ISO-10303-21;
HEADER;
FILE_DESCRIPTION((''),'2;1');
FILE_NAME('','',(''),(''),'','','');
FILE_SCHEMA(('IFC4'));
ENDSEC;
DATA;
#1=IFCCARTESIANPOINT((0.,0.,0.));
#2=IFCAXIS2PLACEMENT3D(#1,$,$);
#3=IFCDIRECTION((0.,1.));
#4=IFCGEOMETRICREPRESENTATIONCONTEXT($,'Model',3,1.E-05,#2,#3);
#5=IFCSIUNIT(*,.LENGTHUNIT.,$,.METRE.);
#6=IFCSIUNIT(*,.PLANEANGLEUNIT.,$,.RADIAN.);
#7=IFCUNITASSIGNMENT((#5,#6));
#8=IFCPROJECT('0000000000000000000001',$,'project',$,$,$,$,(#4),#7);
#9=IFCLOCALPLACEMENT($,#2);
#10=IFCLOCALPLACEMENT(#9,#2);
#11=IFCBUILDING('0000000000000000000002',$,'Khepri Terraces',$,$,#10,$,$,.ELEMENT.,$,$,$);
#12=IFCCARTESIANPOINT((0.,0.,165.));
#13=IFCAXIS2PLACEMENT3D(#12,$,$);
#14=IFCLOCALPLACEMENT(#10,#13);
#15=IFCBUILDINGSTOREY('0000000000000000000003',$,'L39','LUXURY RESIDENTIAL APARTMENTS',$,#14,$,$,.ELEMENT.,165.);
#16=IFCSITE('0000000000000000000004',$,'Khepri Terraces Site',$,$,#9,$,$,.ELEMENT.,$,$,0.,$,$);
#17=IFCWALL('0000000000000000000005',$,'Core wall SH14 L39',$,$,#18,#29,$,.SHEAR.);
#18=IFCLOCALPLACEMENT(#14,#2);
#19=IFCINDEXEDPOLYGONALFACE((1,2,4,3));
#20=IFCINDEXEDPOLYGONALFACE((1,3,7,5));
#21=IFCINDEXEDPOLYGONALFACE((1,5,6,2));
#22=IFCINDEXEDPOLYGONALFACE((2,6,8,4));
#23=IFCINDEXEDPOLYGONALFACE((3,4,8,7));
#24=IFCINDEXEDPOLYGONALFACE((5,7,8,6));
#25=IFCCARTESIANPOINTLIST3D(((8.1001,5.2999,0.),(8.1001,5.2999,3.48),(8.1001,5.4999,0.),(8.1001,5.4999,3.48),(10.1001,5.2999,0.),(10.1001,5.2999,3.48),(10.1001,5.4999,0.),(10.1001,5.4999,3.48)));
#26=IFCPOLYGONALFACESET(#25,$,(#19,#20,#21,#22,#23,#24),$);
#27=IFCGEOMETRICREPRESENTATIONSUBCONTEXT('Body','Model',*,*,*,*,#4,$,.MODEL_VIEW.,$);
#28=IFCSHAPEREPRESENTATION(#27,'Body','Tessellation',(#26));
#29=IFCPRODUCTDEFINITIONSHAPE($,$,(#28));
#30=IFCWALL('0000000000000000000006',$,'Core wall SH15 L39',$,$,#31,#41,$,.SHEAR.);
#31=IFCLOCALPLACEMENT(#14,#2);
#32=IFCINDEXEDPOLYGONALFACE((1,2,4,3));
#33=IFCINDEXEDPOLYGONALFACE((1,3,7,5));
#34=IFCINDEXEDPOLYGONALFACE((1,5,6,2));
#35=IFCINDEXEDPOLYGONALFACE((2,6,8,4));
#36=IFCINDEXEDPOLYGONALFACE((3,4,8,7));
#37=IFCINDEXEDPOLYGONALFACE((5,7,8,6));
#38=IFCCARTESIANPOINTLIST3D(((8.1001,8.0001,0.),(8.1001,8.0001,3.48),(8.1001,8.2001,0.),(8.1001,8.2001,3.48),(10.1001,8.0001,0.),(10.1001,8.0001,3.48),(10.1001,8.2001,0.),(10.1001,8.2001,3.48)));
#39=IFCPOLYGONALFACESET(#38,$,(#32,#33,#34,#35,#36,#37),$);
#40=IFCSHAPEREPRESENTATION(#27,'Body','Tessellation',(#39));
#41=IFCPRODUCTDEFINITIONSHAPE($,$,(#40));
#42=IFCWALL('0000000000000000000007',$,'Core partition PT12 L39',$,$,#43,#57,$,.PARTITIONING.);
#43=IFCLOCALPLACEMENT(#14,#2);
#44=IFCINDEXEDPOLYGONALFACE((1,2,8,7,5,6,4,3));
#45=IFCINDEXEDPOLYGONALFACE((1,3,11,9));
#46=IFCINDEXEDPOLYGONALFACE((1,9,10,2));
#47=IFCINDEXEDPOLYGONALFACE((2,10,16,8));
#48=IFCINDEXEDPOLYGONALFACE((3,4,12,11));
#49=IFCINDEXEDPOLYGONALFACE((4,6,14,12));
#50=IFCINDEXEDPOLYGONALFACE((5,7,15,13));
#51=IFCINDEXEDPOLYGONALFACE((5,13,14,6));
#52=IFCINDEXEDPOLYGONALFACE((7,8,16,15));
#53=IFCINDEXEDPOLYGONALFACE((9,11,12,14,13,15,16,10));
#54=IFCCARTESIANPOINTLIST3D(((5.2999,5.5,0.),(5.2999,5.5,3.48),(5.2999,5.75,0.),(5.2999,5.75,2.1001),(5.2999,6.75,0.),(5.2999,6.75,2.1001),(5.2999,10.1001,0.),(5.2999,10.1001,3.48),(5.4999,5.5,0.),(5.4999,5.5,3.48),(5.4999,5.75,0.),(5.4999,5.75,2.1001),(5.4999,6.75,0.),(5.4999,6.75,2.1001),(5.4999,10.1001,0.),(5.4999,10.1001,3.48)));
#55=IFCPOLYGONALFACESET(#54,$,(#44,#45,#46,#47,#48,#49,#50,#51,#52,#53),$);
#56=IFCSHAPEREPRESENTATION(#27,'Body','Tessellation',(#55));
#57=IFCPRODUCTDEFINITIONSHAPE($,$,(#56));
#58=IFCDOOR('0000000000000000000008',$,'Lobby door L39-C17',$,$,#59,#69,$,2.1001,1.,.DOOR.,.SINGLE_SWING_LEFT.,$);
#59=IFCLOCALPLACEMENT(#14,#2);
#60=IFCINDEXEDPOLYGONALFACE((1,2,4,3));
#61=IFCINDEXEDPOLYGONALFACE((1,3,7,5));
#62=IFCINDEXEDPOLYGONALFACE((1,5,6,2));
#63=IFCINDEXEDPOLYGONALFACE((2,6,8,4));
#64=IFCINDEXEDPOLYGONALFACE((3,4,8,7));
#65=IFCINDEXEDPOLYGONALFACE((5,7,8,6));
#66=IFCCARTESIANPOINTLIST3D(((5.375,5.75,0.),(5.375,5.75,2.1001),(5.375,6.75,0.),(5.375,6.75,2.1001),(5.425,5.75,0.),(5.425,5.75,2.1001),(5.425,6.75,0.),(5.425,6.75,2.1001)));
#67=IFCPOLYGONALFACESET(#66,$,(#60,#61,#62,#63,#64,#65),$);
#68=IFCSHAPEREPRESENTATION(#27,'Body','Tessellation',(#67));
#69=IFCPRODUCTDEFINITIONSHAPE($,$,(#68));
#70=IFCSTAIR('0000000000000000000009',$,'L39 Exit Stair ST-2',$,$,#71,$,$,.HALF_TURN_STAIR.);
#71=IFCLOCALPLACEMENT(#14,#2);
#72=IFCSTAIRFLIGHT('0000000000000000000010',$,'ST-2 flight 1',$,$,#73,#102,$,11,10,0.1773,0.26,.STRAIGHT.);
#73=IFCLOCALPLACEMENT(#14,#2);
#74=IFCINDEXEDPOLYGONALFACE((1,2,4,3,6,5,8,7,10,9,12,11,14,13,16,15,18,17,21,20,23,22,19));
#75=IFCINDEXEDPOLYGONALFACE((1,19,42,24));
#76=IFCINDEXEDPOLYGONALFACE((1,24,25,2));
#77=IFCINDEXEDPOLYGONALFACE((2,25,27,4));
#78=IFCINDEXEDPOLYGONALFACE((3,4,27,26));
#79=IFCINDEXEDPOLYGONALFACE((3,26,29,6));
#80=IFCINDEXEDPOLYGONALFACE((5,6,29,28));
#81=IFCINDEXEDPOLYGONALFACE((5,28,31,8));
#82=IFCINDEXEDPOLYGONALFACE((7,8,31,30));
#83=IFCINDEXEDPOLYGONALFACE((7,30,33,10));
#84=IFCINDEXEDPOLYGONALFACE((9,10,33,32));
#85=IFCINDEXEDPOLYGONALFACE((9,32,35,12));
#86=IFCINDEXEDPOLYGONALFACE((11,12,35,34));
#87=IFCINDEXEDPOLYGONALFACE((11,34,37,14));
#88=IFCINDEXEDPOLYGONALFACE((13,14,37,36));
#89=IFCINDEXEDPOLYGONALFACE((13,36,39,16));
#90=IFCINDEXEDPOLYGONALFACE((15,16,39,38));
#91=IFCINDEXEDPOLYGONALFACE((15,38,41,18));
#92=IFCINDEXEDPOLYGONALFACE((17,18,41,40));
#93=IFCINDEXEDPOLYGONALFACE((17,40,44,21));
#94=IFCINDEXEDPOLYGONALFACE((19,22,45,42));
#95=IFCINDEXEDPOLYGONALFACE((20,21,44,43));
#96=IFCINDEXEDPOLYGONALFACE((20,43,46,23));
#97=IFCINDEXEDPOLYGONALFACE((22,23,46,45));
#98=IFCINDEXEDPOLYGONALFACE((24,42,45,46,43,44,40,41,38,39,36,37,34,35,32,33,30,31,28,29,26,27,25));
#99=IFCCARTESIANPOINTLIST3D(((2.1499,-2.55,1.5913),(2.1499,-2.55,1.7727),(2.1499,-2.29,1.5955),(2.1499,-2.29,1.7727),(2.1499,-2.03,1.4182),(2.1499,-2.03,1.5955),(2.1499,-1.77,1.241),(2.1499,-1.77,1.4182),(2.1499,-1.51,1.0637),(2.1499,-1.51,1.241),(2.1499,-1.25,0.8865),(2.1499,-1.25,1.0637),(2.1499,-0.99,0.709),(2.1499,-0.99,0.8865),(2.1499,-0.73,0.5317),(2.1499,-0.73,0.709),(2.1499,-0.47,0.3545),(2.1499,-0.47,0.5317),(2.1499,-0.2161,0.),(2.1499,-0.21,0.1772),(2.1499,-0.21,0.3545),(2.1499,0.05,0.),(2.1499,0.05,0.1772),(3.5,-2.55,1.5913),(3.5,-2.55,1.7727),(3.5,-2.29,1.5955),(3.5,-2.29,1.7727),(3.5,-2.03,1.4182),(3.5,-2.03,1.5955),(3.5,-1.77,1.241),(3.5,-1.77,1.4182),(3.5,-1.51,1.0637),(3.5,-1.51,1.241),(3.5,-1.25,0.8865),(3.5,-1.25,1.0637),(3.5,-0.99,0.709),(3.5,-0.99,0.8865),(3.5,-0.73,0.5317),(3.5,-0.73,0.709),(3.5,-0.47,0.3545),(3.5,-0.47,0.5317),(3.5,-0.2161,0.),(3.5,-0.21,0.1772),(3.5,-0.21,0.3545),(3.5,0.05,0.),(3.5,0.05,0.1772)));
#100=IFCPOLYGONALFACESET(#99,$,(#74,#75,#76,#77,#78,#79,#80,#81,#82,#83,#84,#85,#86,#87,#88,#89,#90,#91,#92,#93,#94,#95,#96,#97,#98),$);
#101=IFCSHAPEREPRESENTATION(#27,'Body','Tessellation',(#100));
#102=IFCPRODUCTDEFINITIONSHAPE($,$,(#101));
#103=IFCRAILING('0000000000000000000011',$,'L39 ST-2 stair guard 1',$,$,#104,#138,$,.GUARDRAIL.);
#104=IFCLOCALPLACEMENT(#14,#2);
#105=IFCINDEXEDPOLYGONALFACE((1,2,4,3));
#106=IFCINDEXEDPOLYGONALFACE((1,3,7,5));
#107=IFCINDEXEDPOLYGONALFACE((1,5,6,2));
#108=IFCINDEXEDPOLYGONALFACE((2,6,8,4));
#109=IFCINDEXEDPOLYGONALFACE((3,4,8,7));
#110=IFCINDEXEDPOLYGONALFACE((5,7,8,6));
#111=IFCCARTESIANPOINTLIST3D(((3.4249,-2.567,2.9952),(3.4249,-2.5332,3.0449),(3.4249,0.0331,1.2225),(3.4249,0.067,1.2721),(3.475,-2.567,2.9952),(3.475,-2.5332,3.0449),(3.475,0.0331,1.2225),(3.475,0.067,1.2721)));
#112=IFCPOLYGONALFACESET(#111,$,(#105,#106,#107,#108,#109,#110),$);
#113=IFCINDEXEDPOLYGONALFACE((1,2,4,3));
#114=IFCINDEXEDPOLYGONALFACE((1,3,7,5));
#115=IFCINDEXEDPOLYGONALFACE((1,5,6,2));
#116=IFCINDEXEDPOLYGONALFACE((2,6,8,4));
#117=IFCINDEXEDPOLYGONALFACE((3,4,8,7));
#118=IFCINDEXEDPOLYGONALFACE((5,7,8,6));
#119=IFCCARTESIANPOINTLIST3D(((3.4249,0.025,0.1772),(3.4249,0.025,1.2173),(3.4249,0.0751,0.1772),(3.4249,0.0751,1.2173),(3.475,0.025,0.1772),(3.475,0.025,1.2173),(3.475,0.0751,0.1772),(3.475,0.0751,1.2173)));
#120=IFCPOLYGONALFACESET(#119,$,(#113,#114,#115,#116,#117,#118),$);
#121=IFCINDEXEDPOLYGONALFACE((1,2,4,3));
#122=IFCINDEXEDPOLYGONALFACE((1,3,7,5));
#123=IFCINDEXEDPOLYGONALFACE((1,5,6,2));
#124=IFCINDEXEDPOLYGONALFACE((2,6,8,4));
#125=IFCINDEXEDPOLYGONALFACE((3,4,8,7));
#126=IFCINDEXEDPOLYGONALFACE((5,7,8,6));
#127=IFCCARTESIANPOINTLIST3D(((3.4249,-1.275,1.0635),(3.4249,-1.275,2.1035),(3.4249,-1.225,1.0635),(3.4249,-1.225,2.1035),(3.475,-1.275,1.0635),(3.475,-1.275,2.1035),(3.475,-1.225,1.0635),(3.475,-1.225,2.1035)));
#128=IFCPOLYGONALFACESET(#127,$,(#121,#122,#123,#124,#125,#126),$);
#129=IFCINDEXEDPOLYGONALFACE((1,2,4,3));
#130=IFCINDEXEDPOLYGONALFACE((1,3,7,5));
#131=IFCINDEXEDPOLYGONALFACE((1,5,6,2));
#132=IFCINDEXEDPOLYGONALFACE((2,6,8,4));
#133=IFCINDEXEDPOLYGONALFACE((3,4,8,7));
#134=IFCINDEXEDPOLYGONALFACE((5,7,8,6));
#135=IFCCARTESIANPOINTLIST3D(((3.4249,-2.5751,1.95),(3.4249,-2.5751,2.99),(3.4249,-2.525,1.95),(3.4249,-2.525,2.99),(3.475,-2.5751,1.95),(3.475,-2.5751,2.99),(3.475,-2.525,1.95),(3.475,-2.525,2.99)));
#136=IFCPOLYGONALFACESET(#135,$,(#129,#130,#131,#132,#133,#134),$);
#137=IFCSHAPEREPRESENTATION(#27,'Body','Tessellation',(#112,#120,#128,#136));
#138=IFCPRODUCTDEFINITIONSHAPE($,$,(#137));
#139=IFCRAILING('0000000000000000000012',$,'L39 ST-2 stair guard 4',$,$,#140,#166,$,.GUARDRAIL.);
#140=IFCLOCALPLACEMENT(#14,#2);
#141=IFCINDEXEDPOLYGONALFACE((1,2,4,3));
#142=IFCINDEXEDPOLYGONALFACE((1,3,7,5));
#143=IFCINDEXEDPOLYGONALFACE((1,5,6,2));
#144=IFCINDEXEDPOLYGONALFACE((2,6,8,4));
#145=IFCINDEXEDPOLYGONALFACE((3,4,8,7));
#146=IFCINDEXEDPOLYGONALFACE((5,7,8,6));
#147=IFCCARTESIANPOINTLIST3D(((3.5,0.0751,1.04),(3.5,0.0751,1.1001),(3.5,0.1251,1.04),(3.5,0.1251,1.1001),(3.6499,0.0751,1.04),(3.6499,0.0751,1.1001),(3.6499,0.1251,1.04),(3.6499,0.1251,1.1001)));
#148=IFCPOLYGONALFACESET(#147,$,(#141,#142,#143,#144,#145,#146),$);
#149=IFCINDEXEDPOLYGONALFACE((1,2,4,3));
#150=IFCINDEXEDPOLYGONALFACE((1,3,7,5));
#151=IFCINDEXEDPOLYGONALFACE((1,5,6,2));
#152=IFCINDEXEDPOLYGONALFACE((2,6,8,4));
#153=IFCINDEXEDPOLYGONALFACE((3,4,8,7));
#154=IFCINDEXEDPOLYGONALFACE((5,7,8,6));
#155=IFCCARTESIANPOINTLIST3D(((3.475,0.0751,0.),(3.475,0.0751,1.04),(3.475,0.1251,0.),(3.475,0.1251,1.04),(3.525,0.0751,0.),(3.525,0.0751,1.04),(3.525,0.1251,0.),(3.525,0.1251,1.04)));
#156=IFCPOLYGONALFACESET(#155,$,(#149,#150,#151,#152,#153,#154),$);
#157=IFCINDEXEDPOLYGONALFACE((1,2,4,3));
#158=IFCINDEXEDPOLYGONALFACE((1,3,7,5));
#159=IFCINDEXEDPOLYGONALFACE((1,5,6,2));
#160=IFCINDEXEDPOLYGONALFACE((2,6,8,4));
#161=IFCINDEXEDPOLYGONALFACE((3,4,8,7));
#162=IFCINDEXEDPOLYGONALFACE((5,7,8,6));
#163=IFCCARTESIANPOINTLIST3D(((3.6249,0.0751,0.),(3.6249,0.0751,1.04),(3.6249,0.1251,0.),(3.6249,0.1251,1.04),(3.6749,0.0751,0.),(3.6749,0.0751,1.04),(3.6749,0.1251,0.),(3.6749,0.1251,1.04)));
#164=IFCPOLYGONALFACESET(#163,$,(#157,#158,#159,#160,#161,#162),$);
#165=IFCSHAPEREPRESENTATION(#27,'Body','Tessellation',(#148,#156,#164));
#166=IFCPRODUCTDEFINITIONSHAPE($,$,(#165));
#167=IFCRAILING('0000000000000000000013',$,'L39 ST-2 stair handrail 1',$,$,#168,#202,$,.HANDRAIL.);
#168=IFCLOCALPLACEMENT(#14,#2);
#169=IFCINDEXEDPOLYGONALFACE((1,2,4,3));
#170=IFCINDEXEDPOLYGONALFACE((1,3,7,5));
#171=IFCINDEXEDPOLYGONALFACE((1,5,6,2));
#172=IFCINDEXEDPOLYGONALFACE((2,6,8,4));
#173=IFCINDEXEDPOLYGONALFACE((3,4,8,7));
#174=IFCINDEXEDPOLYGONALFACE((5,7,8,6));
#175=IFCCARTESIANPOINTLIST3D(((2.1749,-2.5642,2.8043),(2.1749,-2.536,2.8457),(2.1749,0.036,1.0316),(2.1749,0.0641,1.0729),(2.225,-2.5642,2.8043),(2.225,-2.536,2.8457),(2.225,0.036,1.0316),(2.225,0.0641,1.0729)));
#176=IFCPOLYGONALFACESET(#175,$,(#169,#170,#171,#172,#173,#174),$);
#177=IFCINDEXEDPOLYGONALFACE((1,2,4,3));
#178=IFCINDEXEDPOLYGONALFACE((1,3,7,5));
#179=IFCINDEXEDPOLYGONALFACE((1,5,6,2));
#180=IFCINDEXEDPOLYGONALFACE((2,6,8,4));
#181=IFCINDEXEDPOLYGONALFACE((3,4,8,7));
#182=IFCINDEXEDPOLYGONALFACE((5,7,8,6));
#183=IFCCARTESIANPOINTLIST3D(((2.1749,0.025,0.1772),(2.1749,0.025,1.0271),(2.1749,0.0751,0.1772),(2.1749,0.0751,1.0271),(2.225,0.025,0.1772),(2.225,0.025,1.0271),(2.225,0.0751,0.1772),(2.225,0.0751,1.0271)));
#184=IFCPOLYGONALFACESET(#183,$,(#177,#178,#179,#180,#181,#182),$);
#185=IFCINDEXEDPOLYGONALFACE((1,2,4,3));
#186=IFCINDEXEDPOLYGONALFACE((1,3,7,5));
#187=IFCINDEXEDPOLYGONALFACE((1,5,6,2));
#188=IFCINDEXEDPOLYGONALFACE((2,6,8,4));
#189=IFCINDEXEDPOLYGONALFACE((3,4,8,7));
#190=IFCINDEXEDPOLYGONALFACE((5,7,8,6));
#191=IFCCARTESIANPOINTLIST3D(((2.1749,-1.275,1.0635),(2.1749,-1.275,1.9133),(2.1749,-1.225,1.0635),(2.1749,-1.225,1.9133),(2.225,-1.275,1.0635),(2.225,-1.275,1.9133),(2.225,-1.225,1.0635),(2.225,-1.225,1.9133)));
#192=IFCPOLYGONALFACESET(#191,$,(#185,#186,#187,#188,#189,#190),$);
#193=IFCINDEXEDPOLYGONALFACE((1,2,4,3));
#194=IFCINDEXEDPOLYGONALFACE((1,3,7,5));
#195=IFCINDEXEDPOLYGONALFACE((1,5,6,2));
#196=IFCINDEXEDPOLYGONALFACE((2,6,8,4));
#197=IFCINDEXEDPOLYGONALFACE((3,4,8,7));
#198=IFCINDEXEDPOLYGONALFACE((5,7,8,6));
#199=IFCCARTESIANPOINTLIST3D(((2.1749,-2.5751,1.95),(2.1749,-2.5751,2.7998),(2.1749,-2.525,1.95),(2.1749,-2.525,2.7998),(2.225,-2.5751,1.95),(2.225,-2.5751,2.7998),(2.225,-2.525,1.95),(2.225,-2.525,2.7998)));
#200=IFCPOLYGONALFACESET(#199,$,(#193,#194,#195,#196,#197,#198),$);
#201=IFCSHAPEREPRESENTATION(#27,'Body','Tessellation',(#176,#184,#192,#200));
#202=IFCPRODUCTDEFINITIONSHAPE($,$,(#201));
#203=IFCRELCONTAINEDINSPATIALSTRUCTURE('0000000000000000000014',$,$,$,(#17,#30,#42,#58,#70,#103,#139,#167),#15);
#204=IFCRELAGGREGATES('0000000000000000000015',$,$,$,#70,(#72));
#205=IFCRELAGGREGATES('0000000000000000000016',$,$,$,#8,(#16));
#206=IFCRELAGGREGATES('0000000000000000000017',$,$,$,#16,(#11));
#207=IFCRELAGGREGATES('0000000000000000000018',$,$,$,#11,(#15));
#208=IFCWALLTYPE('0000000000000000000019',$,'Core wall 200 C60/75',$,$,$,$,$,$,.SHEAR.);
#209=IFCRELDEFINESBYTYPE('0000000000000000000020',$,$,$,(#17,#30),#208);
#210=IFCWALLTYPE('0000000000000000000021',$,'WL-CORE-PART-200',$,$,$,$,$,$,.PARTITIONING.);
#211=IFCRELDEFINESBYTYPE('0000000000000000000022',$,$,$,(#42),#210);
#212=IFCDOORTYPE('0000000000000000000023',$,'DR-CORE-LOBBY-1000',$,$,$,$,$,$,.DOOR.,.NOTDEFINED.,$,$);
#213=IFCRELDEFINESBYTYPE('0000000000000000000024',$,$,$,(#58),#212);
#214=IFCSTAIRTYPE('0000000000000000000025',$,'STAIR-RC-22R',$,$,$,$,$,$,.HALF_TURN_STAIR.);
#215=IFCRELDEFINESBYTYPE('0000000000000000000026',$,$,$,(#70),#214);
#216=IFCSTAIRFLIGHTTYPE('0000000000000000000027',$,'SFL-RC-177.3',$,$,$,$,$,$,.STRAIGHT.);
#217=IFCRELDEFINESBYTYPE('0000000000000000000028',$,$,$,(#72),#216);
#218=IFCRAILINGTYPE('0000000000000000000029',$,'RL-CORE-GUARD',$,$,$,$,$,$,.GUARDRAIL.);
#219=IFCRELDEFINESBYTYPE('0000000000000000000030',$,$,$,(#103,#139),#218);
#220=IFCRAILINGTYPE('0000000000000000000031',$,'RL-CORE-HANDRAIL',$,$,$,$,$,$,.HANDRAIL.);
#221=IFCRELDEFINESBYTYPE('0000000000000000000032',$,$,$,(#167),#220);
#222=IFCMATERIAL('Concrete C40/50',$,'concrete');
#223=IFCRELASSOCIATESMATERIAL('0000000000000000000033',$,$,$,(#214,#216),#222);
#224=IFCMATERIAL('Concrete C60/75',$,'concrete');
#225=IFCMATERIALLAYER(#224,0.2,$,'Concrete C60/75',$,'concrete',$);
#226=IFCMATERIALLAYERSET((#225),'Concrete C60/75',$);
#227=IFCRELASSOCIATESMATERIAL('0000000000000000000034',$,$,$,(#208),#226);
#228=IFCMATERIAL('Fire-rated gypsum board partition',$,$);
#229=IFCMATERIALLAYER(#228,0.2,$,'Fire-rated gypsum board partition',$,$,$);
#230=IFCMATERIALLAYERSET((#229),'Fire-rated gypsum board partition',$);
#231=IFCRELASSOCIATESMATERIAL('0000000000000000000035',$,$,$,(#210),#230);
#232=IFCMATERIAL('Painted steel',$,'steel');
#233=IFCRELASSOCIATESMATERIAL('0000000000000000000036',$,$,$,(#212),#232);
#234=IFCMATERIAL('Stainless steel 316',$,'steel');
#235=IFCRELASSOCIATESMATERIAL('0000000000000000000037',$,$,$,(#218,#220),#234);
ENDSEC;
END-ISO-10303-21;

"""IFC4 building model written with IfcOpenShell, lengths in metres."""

from ifc_helpers import new_model, si_unit, direction, frame, frame_2d, origin, origin_2d, place, context, subcontext, project, spatial, polyline, rectangle, outline, extrude, material, layer, layer_set, type_object, element, fill, aggregate, save


model = new_model("IFC4")

# Units and contexts
model_context = context("Model", 3, precision=1e-05, world=origin(), true_north=direction((0.0, 1.0)))
body_context = subcontext(model_context, "Body", "Model", "MODEL_VIEW")
ifc_project = project(units=[si_unit("LENGTHUNIT", "METRE"), si_unit("PLANEANGLEUNIT", "RADIAN")], contexts=[model_context])

# Site, building, storey
site_placement = place(None, origin())
site = spatial("IfcSite", under=ifc_project, at=site_placement, Name="Khepri Terraces Site", CompositionType="ELEMENT", RefElevation=0.0)
building_placement = place(site_placement, origin())
building = spatial("IfcBuilding", under=site, at=building_placement, Name="Khepri Terraces", CompositionType="ELEMENT")
storey_placement = place(building_placement, frame((0.0, 0.0, 165.0)))
storey = spatial("IfcBuildingStorey", under=building, at=storey_placement, Name="L39", Description="LUXURY RESIDENTIAL APARTMENTS", CompositionType="ELEMENT", Elevation=165.0)

# Shared definitions
ifc_material_1 = material(Name="Concrete C40/50", Category="concrete")
stair_type = type_object("IfcStairType", Name="STAIR-RC-22R", PredefinedType="HALF_TURN_STAIR", material=ifc_material_1)

# Shared definitions
ifc_material_2 = material(Name="Concrete C60/75", Category="concrete")
ifc_layer_1 = layer(ifc_material_2, 0.2, Name="Concrete C60/75", Category="concrete")
ifc_layer_set_1 = layer_set([ifc_layer_1], Name="Concrete C60/75")
wall_type_1 = type_object("IfcWallType", Name="Core wall 200 C60/75", PredefinedType="SHEAR", material=ifc_layer_set_1)

# Shared definitions
ifc_material_3 = material(Name="Painted steel", Category="steel")

# Walls
for number, where, z_axis, x_axis, name in (
    (1, (8.1001, 5.3999, 0.0), (0.0, 0.0, 1.0), (1.0, 0.0, 0.0), "Core wall SH14 L39"),
    (2, (8.1001, 8.1001, 0.0), (0.0, 0.0, 1.0), (1.0, 0.0, 0.0), "Core wall SH15 L39"),
):
    element("IfcWall", number, at=place(storey_placement, frame(where, z_axis=z_axis, x_axis=x_axis)), inside=storey, type_object=wall_type_1, Name=name, PredefinedType="SHEAR", context=body_context, shape_type="SweptSolid", body=[
        extrude(rectangle(XDim=2.0, YDim=0.2, at=frame_2d((1.0, 0.0))), origin(), (0.0, 0.0, 1.0), 3.48),
    ])

# Wall, opening, door
ifc_material_4 = material(Name="Fire-rated gypsum board partition")
ifc_layer_2 = layer(ifc_material_4, 0.2, Name="Fire-rated gypsum board partition")
ifc_layer_set_2 = layer_set([ifc_layer_2], Name="Fire-rated gypsum board partition")
wall_type_2 = type_object("IfcWallType", Name="WL-CORE-PART-200", PredefinedType="PARTITIONING", material=ifc_layer_set_2)
wall_1_placement = place(storey_placement, frame((5.3999, 5.5, 0.0), z_axis=(0.0, 0.0, 1.0), x_axis=(0.0, 1.0, 0.0)))
wall_1 = element("IfcWall", 3, at=wall_1_placement, inside=storey, type_object=wall_type_2, Name="Core partition PT12 L39", PredefinedType="PARTITIONING", context=body_context, shape_type="SweptSolid", body=[
    extrude(rectangle(XDim=4.6001, YDim=0.2, at=frame_2d((2.3, 0.0))), origin(), (0.0, 0.0, 1.0), 3.48),
])
opening_1_placement = place(wall_1_placement, frame((0.25, 0.0, 0.0)))
opening_1 = element("IfcOpeningElement", 4, at=opening_1_placement, cuts=wall_1, PredefinedType="OPENING", context=body_context, shape_type="SweptSolid", body=[
    extrude(rectangle(XDim=1.0, YDim=2.1001, at=frame_2d((0.5, 1.05))), frame((0.0, 0.1099, 0.0), z_axis=(0.0, -1.0, 0.0), x_axis=(1.0, 0.0, 0.0)), (0.0, 0.0, 1.0), 0.22),
])
door_type_1 = type_object("IfcDoorType", Name="DR-CORE-LOBBY-1000", OperationType="NOTDEFINED", PredefinedType="DOOR", material=ifc_material_3)
door_1_placement = place(opening_1_placement, origin())
door_1 = element("IfcDoor", 5, at=door_1_placement, inside=storey, type_object=door_type_1, Name="Lobby door L39-C17", OperationType="SINGLE_SWING_LEFT", OverallHeight=2.1001, OverallWidth=1.0, PredefinedType="DOOR", context=body_context, shape_type="SweptSolid", body=[
    extrude(rectangle(XDim=1.0, YDim=2.1001, at=frame_2d((0.5, 1.05))), frame((0.0, 0.0249, 0.0), z_axis=(0.0, -1.0, 0.0), x_axis=(1.0, 0.0, 0.0)), (0.0, 0.0, 1.0), 0.05),
])
fill(opening_1, door_1)

# Stair, stair flight
stair_1_placement = place(storey_placement, origin())
stair_1 = element("IfcStair", 6, at=stair_1_placement, inside=storey, type_object=stair_type, Name="L39 Exit Stair ST-2", PredefinedType="HALF_TURN_STAIR")
stair_flight_type = type_object("IfcStairFlightType", Name="SFL-RC-177.3", PredefinedType="STRAIGHT", material=ifc_material_1)
stair_flight_placement = place(storey_placement, frame((2.825, 0.05, 0.0), z_axis=(0.0, 0.0, 1.0), x_axis=(0.0, -1.0, 0.0)))
stair_flight = element("IfcStairFlight", 7, at=stair_flight_placement, type_object=stair_flight_type, Name="ST-2 flight 1", NumberOfRisers=11, NumberOfTreads=10, PredefinedType="STRAIGHT", RiserHeight=0.1773, TreadLength=0.26, context=body_context, shape_type="SweptSolid", body=[
    extrude(outline(polyline([(0.0, 0.0), (0.0, 0.1772), (0.26, 0.1772), (0.26, 0.3545), (0.52, 0.3545), (0.52, 0.5317), (0.78, 0.5317), (0.78, 0.709), (1.04, 0.709), (1.04, 0.8865), (1.3, 0.8865), (1.3, 1.0637), (1.5601, 1.0637), (1.5601, 1.241), (1.8201, 1.241), (1.8201, 1.4182), (2.0801, 1.4182), (2.0801, 1.5955), (2.3401, 1.5955), (2.3401, 1.7727), (2.6001, 1.7727), (2.6001, 1.95), (2.6001, 1.5913), (0.2661, 0.0), (0.0, 0.0)])), frame((0.0, 0.675, 0.0), z_axis=(0.0, -1.0, 0.0), x_axis=(1.0, 0.0, 0.0)), (0.0, 0.0, 1.0), 1.3501),
])
aggregate(stair_1, [stair_flight])

# Railings
ifc_material_5 = material(Name="Stainless steel 316", Category="steel")
railing_type_1 = type_object("IfcRailingType", Name="RL-CORE-GUARD", PredefinedType="GUARDRAIL", material=ifc_material_5)
railing_1_placement = place(storey_placement, frame((3.45, 0.05, 0.1772)))
element("IfcRailing", 8, at=railing_1_placement, inside=storey, type_object=railing_type_1, Name="L39 ST-2 stair guard 1", PredefinedType="GUARDRAIL", context=body_context, shape_type="SweptSolid", body=[
    extrude(rectangle(XDim=0.05, YDim=0.0601, at=origin_2d()), frame((0.0, 0.0, 1.0701), z_axis=(0.0, -0.82624, 0.563318), x_axis=(1.0, 0.0, 0.0)), (0.0, 0.0, 1.0), 3.147),
    extrude(rectangle(XDim=0.05, YDim=0.05, at=origin_2d()), origin(), (0.0, 0.0, 1.0), 1.04),
    extrude(rectangle(XDim=0.05, YDim=0.05, at=origin_2d()), frame((0.0, -1.3, 0.8862)), (0.0, 0.0, 1.0), 1.04),
    extrude(rectangle(XDim=0.05, YDim=0.05, at=origin_2d()), frame((0.0, -2.6001, 1.7727)), (0.0, 0.0, 1.0), 1.04),
])
railing_2_placement = place(storey_placement, frame((3.5, 0.1001, 0.0)))
element("IfcRailing", 9, at=railing_2_placement, inside=storey, type_object=railing_type_1, Name="L39 ST-2 stair guard 4", PredefinedType="GUARDRAIL", context=body_context, shape_type="SweptSolid", body=[
    extrude(rectangle(XDim=0.05, YDim=0.0601, at=origin_2d()), frame((0.0, 0.0, 1.0701), z_axis=(1.0, 0.0, 0.0), x_axis=(0.0, 1.0, 0.0)), (0.0, 0.0, 1.0), 0.1499),
    extrude(rectangle(XDim=0.05, YDim=0.05, at=origin_2d()), origin(), (0.0, 0.0, 1.0), 1.04),
    extrude(rectangle(XDim=0.05, YDim=0.05, at=origin_2d()), frame((0.1499, 0.0, 0.0)), (0.0, 0.0, 1.0), 1.04),
])
railing_type_2 = type_object("IfcRailingType", Name="RL-CORE-HANDRAIL", PredefinedType="HANDRAIL", material=ifc_material_5)
railing_3_placement = place(storey_placement, frame((2.2, 0.05, 0.1772)))
element("IfcRailing", 10, at=railing_3_placement, inside=storey, type_object=railing_type_2, Name="L39 ST-2 stair handrail 1", PredefinedType="HANDRAIL", context=body_context, shape_type="SweptSolid", body=[
    extrude(rectangle(XDim=0.05, YDim=0.05, at=origin_2d()), frame((0.0, 0.0, 0.875), z_axis=(0.0, -0.82624, 0.563318), x_axis=(1.0, 0.0, 0.0)), (0.0, 0.0, 1.0), 3.147),
    extrude(rectangle(XDim=0.05, YDim=0.05, at=origin_2d()), origin(), (0.0, 0.0, 1.0), 0.8499),
    extrude(rectangle(XDim=0.05, YDim=0.05, at=origin_2d()), frame((0.0, -1.3, 0.8862)), (0.0, 0.0, 1.0), 0.8499),
    extrude(rectangle(XDim=0.05, YDim=0.05, at=origin_2d()), frame((0.0, -2.6001, 1.7727)), (0.0, 0.0, 1.0), 0.8499),
])

save(model, "model.ifc")
